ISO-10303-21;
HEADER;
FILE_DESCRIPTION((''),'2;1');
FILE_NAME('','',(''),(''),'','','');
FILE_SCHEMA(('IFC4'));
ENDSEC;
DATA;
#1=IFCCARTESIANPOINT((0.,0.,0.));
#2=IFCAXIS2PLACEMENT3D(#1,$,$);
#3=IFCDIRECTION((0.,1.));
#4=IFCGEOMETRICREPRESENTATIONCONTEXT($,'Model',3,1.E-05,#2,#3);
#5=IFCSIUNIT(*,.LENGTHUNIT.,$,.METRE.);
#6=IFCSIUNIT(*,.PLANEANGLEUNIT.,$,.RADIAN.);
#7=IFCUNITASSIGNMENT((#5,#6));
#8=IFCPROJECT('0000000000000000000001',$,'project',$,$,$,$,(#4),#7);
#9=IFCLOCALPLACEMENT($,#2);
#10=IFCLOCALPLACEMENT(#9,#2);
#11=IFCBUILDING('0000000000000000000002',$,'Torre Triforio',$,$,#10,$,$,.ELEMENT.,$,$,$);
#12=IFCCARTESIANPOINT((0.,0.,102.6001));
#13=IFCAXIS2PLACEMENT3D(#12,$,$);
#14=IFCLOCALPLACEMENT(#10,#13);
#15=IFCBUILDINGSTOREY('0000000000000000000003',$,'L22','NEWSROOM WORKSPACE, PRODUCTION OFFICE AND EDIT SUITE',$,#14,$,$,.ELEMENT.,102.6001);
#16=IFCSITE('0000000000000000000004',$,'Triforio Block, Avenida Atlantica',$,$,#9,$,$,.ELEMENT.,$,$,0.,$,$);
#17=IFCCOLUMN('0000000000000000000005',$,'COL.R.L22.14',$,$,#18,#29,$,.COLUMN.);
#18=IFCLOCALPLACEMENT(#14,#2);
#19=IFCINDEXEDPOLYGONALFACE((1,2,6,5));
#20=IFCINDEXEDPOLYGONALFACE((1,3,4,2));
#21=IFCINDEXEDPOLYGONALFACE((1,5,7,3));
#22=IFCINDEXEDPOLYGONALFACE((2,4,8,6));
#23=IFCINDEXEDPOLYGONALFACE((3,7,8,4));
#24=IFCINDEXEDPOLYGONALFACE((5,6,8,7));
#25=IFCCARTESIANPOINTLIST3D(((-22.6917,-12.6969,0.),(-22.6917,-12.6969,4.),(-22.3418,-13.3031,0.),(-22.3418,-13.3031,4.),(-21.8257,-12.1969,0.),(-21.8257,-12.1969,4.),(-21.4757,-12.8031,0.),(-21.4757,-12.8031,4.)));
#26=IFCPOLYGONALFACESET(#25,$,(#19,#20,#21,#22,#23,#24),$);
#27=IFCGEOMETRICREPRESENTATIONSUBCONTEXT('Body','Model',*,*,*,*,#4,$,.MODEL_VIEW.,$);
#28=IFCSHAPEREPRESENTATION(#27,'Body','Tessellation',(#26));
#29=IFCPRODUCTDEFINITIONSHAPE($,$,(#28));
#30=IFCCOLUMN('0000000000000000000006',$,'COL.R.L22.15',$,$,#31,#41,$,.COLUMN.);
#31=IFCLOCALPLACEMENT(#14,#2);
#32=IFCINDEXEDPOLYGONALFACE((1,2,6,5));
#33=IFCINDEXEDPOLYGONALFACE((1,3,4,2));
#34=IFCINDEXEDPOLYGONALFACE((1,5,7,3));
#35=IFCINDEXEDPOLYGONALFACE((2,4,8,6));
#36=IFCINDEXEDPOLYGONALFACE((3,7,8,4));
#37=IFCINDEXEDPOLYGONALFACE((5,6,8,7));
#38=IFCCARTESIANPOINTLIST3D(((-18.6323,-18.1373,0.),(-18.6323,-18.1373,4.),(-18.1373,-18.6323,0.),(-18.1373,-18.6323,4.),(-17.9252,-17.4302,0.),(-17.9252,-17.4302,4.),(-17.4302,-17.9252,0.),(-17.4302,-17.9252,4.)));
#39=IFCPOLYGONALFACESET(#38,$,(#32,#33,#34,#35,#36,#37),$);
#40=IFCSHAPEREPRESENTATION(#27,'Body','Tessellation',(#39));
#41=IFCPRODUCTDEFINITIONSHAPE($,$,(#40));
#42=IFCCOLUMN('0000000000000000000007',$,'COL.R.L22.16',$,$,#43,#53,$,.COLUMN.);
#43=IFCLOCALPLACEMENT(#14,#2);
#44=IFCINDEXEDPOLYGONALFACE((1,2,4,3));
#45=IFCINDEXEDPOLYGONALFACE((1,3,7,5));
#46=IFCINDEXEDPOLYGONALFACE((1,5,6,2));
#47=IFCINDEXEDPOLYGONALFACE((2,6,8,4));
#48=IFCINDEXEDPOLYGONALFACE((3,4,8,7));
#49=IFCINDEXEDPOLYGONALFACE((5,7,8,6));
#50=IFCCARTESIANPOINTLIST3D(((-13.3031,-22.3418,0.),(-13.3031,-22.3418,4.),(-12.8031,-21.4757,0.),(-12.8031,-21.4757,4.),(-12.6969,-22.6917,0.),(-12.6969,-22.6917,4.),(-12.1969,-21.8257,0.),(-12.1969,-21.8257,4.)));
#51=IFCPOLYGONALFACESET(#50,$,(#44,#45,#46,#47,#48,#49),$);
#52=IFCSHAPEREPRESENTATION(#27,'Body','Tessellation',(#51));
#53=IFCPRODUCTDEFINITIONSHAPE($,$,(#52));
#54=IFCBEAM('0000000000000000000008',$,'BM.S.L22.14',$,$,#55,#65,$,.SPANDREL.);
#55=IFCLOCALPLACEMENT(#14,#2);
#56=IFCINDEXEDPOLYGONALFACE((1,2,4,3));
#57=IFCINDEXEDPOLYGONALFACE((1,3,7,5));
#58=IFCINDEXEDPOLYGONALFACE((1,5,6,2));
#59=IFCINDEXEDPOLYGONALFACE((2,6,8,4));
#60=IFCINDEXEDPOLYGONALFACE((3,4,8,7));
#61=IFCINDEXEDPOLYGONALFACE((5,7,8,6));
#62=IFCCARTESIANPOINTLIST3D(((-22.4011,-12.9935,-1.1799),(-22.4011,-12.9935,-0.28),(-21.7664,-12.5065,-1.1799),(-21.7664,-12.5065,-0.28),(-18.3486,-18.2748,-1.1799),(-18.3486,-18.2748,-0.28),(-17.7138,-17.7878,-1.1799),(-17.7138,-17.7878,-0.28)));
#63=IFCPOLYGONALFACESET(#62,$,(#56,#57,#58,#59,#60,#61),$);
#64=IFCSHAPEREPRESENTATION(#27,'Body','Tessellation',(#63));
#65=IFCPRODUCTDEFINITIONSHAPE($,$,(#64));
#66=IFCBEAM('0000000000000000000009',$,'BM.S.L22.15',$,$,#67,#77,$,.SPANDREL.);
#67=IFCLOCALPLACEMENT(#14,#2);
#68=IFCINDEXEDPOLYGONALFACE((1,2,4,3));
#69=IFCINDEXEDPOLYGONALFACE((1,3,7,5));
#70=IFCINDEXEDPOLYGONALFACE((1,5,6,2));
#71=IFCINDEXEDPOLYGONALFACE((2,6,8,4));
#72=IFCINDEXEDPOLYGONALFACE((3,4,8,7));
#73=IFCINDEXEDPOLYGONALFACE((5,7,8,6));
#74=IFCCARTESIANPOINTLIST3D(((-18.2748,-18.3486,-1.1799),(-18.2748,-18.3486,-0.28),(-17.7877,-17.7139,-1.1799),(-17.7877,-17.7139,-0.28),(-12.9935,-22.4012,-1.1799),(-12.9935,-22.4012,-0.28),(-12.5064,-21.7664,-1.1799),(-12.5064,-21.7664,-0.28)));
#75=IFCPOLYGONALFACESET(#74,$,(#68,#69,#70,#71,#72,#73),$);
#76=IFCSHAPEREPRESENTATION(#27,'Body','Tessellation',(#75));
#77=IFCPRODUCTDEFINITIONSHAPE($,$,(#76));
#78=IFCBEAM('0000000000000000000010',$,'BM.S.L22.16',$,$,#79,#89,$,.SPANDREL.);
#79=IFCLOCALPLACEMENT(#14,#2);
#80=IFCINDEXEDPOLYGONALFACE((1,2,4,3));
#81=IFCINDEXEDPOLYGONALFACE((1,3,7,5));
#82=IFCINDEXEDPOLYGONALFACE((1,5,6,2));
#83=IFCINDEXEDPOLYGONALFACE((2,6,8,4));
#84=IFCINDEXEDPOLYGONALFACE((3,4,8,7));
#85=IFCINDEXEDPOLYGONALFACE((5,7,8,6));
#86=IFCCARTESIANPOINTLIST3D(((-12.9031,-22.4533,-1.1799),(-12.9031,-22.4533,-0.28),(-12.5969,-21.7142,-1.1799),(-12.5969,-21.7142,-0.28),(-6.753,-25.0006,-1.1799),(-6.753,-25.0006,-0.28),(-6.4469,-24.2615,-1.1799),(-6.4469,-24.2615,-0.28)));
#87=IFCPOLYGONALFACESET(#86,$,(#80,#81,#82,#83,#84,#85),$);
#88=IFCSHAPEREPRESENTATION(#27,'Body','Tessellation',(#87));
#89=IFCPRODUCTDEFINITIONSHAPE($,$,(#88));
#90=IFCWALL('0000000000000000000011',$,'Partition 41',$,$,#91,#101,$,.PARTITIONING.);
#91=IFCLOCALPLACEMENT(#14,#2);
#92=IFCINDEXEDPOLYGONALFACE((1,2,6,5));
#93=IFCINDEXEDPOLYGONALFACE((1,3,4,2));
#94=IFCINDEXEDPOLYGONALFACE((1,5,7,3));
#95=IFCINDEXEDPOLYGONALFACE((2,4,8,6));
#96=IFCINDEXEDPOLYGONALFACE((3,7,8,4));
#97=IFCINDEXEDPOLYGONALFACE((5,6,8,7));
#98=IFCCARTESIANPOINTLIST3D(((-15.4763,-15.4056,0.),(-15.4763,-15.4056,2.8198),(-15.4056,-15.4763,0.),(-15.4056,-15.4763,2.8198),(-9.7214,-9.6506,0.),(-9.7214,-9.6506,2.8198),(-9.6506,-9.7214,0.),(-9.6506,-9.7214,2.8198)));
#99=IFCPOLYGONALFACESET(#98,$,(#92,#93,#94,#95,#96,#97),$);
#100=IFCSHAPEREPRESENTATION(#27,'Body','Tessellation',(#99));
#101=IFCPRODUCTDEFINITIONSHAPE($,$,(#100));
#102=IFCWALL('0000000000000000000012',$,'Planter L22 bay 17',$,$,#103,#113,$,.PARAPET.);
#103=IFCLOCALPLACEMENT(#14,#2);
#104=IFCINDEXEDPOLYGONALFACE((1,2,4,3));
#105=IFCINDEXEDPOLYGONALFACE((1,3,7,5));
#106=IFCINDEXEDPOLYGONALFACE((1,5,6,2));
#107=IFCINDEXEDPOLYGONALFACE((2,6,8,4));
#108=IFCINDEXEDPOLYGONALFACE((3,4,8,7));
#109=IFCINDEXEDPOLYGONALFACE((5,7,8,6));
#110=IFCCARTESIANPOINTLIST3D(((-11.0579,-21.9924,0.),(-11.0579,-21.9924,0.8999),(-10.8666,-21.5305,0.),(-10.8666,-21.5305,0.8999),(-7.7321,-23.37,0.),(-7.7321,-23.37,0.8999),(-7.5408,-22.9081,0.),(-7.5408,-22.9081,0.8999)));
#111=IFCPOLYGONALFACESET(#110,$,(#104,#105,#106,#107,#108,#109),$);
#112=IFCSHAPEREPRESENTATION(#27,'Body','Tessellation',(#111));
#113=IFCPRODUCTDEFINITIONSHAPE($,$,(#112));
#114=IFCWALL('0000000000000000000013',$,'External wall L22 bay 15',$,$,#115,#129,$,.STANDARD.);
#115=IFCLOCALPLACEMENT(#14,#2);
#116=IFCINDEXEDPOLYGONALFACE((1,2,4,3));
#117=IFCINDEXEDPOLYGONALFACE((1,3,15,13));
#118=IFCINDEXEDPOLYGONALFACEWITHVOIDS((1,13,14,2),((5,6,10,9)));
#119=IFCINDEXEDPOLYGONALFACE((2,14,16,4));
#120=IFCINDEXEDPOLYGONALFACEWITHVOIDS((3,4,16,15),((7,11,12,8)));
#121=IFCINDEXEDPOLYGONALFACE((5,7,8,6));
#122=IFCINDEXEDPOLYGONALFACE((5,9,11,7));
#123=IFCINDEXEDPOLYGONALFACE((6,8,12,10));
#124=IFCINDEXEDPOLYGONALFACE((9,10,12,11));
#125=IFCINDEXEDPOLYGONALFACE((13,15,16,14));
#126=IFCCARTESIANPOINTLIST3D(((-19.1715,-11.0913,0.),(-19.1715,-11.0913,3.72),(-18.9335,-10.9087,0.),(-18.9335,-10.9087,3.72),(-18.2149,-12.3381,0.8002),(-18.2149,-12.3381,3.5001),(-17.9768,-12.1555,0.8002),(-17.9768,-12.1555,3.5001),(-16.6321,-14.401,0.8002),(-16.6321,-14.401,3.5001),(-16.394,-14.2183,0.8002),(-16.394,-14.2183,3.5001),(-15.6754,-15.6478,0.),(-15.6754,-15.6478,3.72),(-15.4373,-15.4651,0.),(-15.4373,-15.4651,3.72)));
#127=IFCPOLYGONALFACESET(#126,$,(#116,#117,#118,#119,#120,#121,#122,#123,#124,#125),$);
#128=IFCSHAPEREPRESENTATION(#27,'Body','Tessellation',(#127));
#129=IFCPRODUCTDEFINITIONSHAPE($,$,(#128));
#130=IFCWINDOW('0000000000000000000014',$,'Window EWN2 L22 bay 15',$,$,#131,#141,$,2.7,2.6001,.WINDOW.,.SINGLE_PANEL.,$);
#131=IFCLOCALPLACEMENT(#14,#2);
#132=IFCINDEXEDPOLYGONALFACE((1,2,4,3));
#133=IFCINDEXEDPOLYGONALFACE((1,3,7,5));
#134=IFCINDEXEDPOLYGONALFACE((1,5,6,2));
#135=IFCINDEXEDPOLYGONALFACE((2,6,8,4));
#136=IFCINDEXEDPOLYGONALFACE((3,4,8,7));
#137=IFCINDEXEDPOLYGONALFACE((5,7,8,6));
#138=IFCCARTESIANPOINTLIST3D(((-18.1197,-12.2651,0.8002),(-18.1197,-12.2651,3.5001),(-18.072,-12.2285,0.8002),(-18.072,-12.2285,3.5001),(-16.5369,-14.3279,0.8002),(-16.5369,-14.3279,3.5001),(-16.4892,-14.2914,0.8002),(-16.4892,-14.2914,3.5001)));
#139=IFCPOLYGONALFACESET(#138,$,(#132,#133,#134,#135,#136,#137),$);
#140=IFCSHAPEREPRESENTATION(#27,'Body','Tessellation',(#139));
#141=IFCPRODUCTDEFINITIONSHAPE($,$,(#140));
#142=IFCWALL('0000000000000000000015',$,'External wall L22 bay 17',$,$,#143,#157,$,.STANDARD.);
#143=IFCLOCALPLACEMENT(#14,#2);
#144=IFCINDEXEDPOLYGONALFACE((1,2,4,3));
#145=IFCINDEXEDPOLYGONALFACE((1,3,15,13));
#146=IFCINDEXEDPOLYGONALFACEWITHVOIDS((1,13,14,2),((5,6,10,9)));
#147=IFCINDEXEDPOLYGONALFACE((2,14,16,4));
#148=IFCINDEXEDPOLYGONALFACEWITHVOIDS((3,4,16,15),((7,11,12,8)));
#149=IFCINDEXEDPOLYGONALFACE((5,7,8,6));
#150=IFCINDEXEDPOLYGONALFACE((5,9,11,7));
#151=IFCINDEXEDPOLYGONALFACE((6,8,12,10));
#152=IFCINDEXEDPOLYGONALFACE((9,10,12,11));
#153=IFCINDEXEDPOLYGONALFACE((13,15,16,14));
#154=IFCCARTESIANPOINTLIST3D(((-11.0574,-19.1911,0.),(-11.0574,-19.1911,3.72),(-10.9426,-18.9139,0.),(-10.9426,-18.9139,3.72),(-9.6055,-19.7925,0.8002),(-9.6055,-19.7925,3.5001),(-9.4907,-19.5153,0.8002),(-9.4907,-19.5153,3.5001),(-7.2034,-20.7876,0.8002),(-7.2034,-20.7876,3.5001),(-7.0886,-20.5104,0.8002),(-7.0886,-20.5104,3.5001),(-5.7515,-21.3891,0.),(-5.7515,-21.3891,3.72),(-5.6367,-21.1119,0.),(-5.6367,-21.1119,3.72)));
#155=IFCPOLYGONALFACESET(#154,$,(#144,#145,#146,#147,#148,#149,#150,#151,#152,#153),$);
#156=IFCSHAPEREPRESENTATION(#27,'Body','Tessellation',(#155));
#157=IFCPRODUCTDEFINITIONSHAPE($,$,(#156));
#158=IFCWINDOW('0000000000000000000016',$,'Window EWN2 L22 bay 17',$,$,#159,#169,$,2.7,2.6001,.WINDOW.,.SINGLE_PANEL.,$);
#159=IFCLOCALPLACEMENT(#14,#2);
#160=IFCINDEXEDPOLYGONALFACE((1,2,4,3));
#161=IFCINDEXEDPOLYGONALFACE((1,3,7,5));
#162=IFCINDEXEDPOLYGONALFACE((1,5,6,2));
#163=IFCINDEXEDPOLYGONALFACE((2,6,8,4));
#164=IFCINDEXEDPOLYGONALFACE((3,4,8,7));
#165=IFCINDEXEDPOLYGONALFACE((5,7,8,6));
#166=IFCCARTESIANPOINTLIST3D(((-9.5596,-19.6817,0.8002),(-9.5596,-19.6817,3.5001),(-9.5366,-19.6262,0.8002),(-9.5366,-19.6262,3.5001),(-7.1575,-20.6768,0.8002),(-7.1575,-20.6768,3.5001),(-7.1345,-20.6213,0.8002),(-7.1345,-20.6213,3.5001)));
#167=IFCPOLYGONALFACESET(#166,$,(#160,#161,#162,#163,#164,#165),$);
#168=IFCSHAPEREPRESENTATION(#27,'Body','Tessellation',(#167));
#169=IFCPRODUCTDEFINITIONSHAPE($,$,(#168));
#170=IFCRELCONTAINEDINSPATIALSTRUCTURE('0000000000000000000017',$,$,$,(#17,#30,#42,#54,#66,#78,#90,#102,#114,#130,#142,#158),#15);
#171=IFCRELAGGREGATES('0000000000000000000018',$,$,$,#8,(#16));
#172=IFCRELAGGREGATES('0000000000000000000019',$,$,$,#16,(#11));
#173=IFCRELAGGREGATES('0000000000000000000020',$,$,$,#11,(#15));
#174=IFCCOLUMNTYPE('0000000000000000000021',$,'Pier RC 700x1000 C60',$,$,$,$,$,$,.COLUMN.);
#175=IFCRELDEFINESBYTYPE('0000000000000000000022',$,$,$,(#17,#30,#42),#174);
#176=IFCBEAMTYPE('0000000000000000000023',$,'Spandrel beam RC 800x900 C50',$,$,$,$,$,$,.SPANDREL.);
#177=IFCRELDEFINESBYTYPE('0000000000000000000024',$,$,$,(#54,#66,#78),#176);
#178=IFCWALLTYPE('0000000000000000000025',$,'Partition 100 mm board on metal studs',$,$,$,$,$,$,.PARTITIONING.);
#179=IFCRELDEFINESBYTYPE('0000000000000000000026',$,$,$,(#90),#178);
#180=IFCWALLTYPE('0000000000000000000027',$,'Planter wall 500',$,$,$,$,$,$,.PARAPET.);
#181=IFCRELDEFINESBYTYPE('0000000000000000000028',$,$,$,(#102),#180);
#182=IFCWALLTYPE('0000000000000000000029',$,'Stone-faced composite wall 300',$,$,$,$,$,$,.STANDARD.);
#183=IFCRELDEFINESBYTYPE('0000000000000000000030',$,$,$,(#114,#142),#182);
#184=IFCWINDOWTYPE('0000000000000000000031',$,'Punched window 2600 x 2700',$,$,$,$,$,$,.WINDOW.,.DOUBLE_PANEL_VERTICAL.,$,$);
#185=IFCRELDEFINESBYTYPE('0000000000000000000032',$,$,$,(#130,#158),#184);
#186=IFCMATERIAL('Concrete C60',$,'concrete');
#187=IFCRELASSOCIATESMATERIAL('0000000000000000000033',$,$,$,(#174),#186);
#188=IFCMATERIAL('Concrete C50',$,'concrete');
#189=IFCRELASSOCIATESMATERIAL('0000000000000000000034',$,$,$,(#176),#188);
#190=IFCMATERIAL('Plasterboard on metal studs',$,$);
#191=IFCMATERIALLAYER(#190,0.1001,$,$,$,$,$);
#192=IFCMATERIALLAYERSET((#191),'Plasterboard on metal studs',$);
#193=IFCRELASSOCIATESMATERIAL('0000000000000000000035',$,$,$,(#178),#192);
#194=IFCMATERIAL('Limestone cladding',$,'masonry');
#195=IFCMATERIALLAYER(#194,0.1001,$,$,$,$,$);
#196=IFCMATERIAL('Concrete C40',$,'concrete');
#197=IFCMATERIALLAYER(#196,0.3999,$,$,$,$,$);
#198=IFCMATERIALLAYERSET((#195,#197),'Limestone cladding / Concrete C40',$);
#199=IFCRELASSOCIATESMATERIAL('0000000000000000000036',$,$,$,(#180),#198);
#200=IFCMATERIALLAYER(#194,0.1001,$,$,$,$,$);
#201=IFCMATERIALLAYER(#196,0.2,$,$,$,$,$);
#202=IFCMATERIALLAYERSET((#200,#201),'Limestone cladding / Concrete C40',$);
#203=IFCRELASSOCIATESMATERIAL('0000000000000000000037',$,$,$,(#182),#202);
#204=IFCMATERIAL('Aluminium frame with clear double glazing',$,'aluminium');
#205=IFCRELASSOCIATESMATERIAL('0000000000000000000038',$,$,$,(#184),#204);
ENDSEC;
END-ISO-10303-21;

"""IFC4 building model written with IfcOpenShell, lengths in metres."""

from ifc_helpers import new_model, si_unit, direction, frame, frame_2d, origin, origin_2d, place, context, subcontext, project, spatial, rectangle, extrude, material, layer, layer_set, material_profile, profile_set, type_object, element, fill, save


model = new_model("IFC4")

# Units and contexts
model_context = context("Model", 3, precision=1e-05, world=origin(), true_north=direction((0.0, 1.0)))
body_context = subcontext(model_context, "Body", "Model", "MODEL_VIEW")
ifc_project = project(units=[si_unit("LENGTHUNIT", "METRE"), si_unit("PLANEANGLEUNIT", "RADIAN")], contexts=[model_context])

# Site, building, storey
site_placement = place(None, origin())
site = spatial("IfcSite", under=ifc_project, at=site_placement, Name="Triforio Block, Avenida Atlantica", CompositionType="ELEMENT", RefElevation=0.0)
building_placement = place(site_placement, origin())
building = spatial("IfcBuilding", under=site, at=building_placement, Name="Torre Triforio", CompositionType="ELEMENT")
storey_placement = place(building_placement, frame((0.0, 0.0, 102.6001)))
storey = spatial("IfcBuildingStorey", under=building, at=storey_placement, Name="L22", Description="NEWSROOM WORKSPACE, PRODUCTION OFFICE AND EDIT SUITE", CompositionType="ELEMENT", Elevation=102.6001)

# Columns
ifc_material_1 = material(Name="Concrete C60", Category="concrete")
ifc_material_profile_1 = material_profile(ifc_material_1, rectangle(XDim=0.7, YDim=1.0, at=origin_2d()), Name="RC 700x1000")
ifc_profile_set_1 = profile_set([ifc_material_profile_1], Name="Concrete C60")
column_type = type_object("IfcColumnType", Name="Pier RC 700x1000 C60", PredefinedType="COLUMN", material=ifc_profile_set_1)
for number, where, z_axis, x_axis, name in (
    (1, (-22.0837, -12.75, 0.0), (0.0, 0.0, 1.0), (0.5, -0.866025, 0.0), "COL.R.L22.14"),
    (2, (-18.0312, -18.0312, 0.0), (0.0, 0.0, 1.0), (0.707107, -0.707107, 0.0), "COL.R.L22.15"),
    (3, (-12.75, -22.0837, 0.0), (0.0, 0.0, 1.0), (0.866025, -0.5, 0.0), "COL.R.L22.16"),
):
    element("IfcColumn", number, at=place(storey_placement, frame(where, z_axis=z_axis, x_axis=x_axis)), inside=storey, type_object=column_type, Name=name, PredefinedType="COLUMN", context=body_context, shape_type="SweptSolid", body=[
        extrude(rectangle(XDim=0.7, YDim=1.0, at=origin_2d()), origin(), (0.0, 0.0, 1.0), 4.0),
    ])

# Beams
ifc_material_2 = material(Name="Concrete C50", Category="concrete")
ifc_material_profile_2 = material_profile(ifc_material_2, rectangle(XDim=0.8, YDim=0.8999, at=origin_2d()), Name="RC 800x900")
ifc_profile_set_2 = profile_set([ifc_material_profile_2], Name="Concrete C50")
beam_type = type_object("IfcBeamType", Name="Spandrel beam RC 800x900 C50", PredefinedType="SPANDREL", material=ifc_profile_set_2)
for number, where, z_axis, x_axis, name in (
    (4, (-22.0837, -12.75, -0.73), (0.608766, -0.79335, 0.0), (0.79335, 0.608766, 0.0), "BM.S.L22.14"),
    (5, (-18.0312, -18.0312, -0.73), (0.79335, -0.608766, 0.0), (0.608766, 0.79335, 0.0), "BM.S.L22.15"),
):
    element("IfcBeam", number, at=place(storey_placement, frame(where, z_axis=z_axis, x_axis=x_axis)), inside=storey, type_object=beam_type, Name=name, PredefinedType="SPANDREL", context=body_context, shape_type="SweptSolid", body=[
        extrude(rectangle(XDim=0.8, YDim=0.8999, at=origin_2d()), origin(), (0.0, 0.0, 1.0), 6.657),
    ])
beam_placement = place(storey_placement, frame((-12.75, -22.0837, -0.73), z_axis=(0.923885, -0.382669, 0.0), x_axis=(0.382669, 0.923885, 0.0)))
element("IfcBeam", 6, at=beam_placement, inside=storey, type_object=beam_type, Name="BM.S.L22.16", PredefinedType="SPANDREL", context=body_context, shape_type="SweptSolid", body=[
    extrude(rectangle(XDim=0.8, YDim=0.8999, at=origin_2d()), origin(), (0.0, 0.0, 1.0), 6.6567),
])

# Walls
ifc_material_3 = material(Name="Plasterboard on metal studs")
ifc_layer_1 = layer(ifc_material_3, 0.1001)
ifc_layer_set_1 = layer_set([ifc_layer_1], Name="Plasterboard on metal studs")
wall_type_1 = type_object("IfcWallType", Name="Partition 100 mm board on metal studs", PredefinedType="PARTITIONING", material=ifc_layer_set_1)
wall_1_placement = place(storey_placement, frame((-9.686, -9.686, 0.0), z_axis=(0.0, 0.0, 1.0), x_axis=(-0.707107, -0.707107, 0.0)))
element("IfcWall", 7, at=wall_1_placement, inside=storey, type_object=wall_type_1, Name="Partition 41", PredefinedType="PARTITIONING", context=body_context, shape_type="SweptSolid", body=[
    extrude(rectangle(XDim=8.1387, YDim=0.1001, at=frame_2d((4.0693, 0.0))), origin(), (0.0, 0.0, 1.0), 2.8198),
])
ifc_material_4 = material(Name="Limestone cladding", Category="masonry")
ifc_layer_2 = layer(ifc_material_4, 0.1001)
ifc_material_5 = material(Name="Concrete C40", Category="concrete")
ifc_layer_3 = layer(ifc_material_5, 0.3999)
ifc_layer_set_2 = layer_set([ifc_layer_2, ifc_layer_3], Name="Limestone cladding / Concrete C40")
wall_type_2 = type_object("IfcWallType", Name="Planter wall 500", PredefinedType="PARAPET", material=ifc_layer_set_2)
wall_2_placement = place(storey_placement, frame((-10.9622, -21.7615, 0.0), z_axis=(0.0, 0.0, 1.0), x_axis=(0.923875, -0.382693, 0.0)))
element("IfcWall", 8, at=wall_2_placement, inside=storey, type_object=wall_type_2, Name="Planter L22 bay 17", PredefinedType="PARAPET", context=body_context, shape_type="SweptSolid", body=[
    extrude(rectangle(XDim=3.5999, YDim=0.5, at=frame_2d((1.7998, 0.0))), origin(), (0.0, 0.0, 1.0), 0.8999),
])

# Wall, opening, window
ifc_layer_4 = layer(ifc_material_4, 0.1001)
ifc_layer_5 = layer(ifc_material_5, 0.2)
ifc_layer_set_3 = layer_set([ifc_layer_4, ifc_layer_5], Name="Limestone cladding / Concrete C40")
wall_type_3 = type_object("IfcWallType", Name="Stone-faced composite wall 300", PredefinedType="STANDARD", material=ifc_layer_set_3)
wall_3_placement = place(storey_placement, frame((-19.0525, -11.0, 0.0), z_axis=(0.0, 0.0, 1.0), x_axis=(0.608745, -0.793366, 0.0)))
wall_3 = element("IfcWall", 9, at=wall_3_placement, inside=storey, type_object=wall_type_3, Name="External wall L22 bay 15", PredefinedType="STANDARD", context=body_context, shape_type="SweptSolid", body=[
    extrude(rectangle(XDim=5.7432, YDim=0.3, at=frame_2d((2.8716, 0.0))), origin(), (0.0, 0.0, 1.0), 3.72),
])
opening_1_placement = place(wall_3_placement, frame((1.5715, 0.0, 0.8)))
opening_1 = element("IfcOpeningElement", 10, at=opening_1_placement, cuts=wall_3, PredefinedType="OPENING", context=body_context, shape_type="SweptSolid", body=[
    extrude(rectangle(XDim=2.6001, YDim=2.7, at=frame_2d((1.3, 1.3501))), frame((0.0, 0.1599, 0.0), z_axis=(0.0, -1.0, 0.0), x_axis=(1.0, 0.0, 0.0)), (0.0, 0.0, 1.0), 0.3201),
])
ifc_material_6 = material(Name="Aluminium frame with clear double glazing", Category="aluminium")
window_type_1 = type_object("IfcWindowType", Name="Punched window 2600 x 2700", PartitioningType="DOUBLE_PANEL_VERTICAL", PredefinedType="WINDOW", material=ifc_material_6)
window_1_placement = place(opening_1_placement, origin())
window_1 = element("IfcWindow", 11, at=window_1_placement, inside=storey, type_object=window_type_1, Name="Window EWN2 L22 bay 15", OverallHeight=2.7, OverallWidth=2.6001, PartitioningType="SINGLE_PANEL", PredefinedType="WINDOW", context=body_context, shape_type="SweptSolid", body=[
    extrude(rectangle(XDim=2.6001, YDim=2.7, at=frame_2d((1.3, 1.3501))), frame((0.0, 0.03, 0.0), z_axis=(0.0, -1.0, 0.0), x_axis=(1.0, 0.0, 0.0)), (0.0, 0.0, 1.0), 0.0601),
])
fill(opening_1, window_1)

# Wall, opening, window
wall_4_placement = place(storey_placement, frame((-11.0, -19.0525, 0.0), z_axis=(0.0, 0.0, 1.0), x_axis=(0.923866, -0.382716, 0.0)))
wall_4 = element("IfcWall", 12, at=wall_4_placement, inside=storey, type_object=wall_type_3, Name="External wall L22 bay 17", PredefinedType="STANDARD", context=body_context, shape_type="SweptSolid", body=[
    extrude(rectangle(XDim=5.7432, YDim=0.3, at=frame_2d((2.8716, 0.0))), origin(), (0.0, 0.0, 1.0), 3.72),
])
opening_2_placement = place(wall_4_placement, frame((1.5715, 0.0, 0.8)))
opening_2 = element("IfcOpeningElement", 13, at=opening_2_placement, cuts=wall_4, PredefinedType="OPENING", context=body_context, shape_type="SweptSolid", body=[
    extrude(rectangle(XDim=2.6001, YDim=2.7, at=frame_2d((1.3, 1.3501))), frame((0.0, 0.1599, 0.0), z_axis=(0.0, -1.0, 0.0), x_axis=(1.0, 0.0, 0.0)), (0.0, 0.0, 1.0), 0.3201),
])
window_2_placement = place(opening_2_placement, origin())
window_2 = element("IfcWindow", 14, at=window_2_placement, inside=storey, type_object=window_type_1, Name="Window EWN2 L22 bay 17", OverallHeight=2.7, OverallWidth=2.6001, PartitioningType="SINGLE_PANEL", PredefinedType="WINDOW", context=body_context, shape_type="SweptSolid", body=[
    extrude(rectangle(XDim=2.6001, YDim=2.7, at=frame_2d((1.3, 1.3501))), frame((0.0, 0.03, 0.0), z_axis=(0.0, -1.0, 0.0), x_axis=(1.0, 0.0, 0.0)), (0.0, 0.0, 1.0), 0.0601),
])
fill(opening_2, window_2)

save(model, "model.ifc")
